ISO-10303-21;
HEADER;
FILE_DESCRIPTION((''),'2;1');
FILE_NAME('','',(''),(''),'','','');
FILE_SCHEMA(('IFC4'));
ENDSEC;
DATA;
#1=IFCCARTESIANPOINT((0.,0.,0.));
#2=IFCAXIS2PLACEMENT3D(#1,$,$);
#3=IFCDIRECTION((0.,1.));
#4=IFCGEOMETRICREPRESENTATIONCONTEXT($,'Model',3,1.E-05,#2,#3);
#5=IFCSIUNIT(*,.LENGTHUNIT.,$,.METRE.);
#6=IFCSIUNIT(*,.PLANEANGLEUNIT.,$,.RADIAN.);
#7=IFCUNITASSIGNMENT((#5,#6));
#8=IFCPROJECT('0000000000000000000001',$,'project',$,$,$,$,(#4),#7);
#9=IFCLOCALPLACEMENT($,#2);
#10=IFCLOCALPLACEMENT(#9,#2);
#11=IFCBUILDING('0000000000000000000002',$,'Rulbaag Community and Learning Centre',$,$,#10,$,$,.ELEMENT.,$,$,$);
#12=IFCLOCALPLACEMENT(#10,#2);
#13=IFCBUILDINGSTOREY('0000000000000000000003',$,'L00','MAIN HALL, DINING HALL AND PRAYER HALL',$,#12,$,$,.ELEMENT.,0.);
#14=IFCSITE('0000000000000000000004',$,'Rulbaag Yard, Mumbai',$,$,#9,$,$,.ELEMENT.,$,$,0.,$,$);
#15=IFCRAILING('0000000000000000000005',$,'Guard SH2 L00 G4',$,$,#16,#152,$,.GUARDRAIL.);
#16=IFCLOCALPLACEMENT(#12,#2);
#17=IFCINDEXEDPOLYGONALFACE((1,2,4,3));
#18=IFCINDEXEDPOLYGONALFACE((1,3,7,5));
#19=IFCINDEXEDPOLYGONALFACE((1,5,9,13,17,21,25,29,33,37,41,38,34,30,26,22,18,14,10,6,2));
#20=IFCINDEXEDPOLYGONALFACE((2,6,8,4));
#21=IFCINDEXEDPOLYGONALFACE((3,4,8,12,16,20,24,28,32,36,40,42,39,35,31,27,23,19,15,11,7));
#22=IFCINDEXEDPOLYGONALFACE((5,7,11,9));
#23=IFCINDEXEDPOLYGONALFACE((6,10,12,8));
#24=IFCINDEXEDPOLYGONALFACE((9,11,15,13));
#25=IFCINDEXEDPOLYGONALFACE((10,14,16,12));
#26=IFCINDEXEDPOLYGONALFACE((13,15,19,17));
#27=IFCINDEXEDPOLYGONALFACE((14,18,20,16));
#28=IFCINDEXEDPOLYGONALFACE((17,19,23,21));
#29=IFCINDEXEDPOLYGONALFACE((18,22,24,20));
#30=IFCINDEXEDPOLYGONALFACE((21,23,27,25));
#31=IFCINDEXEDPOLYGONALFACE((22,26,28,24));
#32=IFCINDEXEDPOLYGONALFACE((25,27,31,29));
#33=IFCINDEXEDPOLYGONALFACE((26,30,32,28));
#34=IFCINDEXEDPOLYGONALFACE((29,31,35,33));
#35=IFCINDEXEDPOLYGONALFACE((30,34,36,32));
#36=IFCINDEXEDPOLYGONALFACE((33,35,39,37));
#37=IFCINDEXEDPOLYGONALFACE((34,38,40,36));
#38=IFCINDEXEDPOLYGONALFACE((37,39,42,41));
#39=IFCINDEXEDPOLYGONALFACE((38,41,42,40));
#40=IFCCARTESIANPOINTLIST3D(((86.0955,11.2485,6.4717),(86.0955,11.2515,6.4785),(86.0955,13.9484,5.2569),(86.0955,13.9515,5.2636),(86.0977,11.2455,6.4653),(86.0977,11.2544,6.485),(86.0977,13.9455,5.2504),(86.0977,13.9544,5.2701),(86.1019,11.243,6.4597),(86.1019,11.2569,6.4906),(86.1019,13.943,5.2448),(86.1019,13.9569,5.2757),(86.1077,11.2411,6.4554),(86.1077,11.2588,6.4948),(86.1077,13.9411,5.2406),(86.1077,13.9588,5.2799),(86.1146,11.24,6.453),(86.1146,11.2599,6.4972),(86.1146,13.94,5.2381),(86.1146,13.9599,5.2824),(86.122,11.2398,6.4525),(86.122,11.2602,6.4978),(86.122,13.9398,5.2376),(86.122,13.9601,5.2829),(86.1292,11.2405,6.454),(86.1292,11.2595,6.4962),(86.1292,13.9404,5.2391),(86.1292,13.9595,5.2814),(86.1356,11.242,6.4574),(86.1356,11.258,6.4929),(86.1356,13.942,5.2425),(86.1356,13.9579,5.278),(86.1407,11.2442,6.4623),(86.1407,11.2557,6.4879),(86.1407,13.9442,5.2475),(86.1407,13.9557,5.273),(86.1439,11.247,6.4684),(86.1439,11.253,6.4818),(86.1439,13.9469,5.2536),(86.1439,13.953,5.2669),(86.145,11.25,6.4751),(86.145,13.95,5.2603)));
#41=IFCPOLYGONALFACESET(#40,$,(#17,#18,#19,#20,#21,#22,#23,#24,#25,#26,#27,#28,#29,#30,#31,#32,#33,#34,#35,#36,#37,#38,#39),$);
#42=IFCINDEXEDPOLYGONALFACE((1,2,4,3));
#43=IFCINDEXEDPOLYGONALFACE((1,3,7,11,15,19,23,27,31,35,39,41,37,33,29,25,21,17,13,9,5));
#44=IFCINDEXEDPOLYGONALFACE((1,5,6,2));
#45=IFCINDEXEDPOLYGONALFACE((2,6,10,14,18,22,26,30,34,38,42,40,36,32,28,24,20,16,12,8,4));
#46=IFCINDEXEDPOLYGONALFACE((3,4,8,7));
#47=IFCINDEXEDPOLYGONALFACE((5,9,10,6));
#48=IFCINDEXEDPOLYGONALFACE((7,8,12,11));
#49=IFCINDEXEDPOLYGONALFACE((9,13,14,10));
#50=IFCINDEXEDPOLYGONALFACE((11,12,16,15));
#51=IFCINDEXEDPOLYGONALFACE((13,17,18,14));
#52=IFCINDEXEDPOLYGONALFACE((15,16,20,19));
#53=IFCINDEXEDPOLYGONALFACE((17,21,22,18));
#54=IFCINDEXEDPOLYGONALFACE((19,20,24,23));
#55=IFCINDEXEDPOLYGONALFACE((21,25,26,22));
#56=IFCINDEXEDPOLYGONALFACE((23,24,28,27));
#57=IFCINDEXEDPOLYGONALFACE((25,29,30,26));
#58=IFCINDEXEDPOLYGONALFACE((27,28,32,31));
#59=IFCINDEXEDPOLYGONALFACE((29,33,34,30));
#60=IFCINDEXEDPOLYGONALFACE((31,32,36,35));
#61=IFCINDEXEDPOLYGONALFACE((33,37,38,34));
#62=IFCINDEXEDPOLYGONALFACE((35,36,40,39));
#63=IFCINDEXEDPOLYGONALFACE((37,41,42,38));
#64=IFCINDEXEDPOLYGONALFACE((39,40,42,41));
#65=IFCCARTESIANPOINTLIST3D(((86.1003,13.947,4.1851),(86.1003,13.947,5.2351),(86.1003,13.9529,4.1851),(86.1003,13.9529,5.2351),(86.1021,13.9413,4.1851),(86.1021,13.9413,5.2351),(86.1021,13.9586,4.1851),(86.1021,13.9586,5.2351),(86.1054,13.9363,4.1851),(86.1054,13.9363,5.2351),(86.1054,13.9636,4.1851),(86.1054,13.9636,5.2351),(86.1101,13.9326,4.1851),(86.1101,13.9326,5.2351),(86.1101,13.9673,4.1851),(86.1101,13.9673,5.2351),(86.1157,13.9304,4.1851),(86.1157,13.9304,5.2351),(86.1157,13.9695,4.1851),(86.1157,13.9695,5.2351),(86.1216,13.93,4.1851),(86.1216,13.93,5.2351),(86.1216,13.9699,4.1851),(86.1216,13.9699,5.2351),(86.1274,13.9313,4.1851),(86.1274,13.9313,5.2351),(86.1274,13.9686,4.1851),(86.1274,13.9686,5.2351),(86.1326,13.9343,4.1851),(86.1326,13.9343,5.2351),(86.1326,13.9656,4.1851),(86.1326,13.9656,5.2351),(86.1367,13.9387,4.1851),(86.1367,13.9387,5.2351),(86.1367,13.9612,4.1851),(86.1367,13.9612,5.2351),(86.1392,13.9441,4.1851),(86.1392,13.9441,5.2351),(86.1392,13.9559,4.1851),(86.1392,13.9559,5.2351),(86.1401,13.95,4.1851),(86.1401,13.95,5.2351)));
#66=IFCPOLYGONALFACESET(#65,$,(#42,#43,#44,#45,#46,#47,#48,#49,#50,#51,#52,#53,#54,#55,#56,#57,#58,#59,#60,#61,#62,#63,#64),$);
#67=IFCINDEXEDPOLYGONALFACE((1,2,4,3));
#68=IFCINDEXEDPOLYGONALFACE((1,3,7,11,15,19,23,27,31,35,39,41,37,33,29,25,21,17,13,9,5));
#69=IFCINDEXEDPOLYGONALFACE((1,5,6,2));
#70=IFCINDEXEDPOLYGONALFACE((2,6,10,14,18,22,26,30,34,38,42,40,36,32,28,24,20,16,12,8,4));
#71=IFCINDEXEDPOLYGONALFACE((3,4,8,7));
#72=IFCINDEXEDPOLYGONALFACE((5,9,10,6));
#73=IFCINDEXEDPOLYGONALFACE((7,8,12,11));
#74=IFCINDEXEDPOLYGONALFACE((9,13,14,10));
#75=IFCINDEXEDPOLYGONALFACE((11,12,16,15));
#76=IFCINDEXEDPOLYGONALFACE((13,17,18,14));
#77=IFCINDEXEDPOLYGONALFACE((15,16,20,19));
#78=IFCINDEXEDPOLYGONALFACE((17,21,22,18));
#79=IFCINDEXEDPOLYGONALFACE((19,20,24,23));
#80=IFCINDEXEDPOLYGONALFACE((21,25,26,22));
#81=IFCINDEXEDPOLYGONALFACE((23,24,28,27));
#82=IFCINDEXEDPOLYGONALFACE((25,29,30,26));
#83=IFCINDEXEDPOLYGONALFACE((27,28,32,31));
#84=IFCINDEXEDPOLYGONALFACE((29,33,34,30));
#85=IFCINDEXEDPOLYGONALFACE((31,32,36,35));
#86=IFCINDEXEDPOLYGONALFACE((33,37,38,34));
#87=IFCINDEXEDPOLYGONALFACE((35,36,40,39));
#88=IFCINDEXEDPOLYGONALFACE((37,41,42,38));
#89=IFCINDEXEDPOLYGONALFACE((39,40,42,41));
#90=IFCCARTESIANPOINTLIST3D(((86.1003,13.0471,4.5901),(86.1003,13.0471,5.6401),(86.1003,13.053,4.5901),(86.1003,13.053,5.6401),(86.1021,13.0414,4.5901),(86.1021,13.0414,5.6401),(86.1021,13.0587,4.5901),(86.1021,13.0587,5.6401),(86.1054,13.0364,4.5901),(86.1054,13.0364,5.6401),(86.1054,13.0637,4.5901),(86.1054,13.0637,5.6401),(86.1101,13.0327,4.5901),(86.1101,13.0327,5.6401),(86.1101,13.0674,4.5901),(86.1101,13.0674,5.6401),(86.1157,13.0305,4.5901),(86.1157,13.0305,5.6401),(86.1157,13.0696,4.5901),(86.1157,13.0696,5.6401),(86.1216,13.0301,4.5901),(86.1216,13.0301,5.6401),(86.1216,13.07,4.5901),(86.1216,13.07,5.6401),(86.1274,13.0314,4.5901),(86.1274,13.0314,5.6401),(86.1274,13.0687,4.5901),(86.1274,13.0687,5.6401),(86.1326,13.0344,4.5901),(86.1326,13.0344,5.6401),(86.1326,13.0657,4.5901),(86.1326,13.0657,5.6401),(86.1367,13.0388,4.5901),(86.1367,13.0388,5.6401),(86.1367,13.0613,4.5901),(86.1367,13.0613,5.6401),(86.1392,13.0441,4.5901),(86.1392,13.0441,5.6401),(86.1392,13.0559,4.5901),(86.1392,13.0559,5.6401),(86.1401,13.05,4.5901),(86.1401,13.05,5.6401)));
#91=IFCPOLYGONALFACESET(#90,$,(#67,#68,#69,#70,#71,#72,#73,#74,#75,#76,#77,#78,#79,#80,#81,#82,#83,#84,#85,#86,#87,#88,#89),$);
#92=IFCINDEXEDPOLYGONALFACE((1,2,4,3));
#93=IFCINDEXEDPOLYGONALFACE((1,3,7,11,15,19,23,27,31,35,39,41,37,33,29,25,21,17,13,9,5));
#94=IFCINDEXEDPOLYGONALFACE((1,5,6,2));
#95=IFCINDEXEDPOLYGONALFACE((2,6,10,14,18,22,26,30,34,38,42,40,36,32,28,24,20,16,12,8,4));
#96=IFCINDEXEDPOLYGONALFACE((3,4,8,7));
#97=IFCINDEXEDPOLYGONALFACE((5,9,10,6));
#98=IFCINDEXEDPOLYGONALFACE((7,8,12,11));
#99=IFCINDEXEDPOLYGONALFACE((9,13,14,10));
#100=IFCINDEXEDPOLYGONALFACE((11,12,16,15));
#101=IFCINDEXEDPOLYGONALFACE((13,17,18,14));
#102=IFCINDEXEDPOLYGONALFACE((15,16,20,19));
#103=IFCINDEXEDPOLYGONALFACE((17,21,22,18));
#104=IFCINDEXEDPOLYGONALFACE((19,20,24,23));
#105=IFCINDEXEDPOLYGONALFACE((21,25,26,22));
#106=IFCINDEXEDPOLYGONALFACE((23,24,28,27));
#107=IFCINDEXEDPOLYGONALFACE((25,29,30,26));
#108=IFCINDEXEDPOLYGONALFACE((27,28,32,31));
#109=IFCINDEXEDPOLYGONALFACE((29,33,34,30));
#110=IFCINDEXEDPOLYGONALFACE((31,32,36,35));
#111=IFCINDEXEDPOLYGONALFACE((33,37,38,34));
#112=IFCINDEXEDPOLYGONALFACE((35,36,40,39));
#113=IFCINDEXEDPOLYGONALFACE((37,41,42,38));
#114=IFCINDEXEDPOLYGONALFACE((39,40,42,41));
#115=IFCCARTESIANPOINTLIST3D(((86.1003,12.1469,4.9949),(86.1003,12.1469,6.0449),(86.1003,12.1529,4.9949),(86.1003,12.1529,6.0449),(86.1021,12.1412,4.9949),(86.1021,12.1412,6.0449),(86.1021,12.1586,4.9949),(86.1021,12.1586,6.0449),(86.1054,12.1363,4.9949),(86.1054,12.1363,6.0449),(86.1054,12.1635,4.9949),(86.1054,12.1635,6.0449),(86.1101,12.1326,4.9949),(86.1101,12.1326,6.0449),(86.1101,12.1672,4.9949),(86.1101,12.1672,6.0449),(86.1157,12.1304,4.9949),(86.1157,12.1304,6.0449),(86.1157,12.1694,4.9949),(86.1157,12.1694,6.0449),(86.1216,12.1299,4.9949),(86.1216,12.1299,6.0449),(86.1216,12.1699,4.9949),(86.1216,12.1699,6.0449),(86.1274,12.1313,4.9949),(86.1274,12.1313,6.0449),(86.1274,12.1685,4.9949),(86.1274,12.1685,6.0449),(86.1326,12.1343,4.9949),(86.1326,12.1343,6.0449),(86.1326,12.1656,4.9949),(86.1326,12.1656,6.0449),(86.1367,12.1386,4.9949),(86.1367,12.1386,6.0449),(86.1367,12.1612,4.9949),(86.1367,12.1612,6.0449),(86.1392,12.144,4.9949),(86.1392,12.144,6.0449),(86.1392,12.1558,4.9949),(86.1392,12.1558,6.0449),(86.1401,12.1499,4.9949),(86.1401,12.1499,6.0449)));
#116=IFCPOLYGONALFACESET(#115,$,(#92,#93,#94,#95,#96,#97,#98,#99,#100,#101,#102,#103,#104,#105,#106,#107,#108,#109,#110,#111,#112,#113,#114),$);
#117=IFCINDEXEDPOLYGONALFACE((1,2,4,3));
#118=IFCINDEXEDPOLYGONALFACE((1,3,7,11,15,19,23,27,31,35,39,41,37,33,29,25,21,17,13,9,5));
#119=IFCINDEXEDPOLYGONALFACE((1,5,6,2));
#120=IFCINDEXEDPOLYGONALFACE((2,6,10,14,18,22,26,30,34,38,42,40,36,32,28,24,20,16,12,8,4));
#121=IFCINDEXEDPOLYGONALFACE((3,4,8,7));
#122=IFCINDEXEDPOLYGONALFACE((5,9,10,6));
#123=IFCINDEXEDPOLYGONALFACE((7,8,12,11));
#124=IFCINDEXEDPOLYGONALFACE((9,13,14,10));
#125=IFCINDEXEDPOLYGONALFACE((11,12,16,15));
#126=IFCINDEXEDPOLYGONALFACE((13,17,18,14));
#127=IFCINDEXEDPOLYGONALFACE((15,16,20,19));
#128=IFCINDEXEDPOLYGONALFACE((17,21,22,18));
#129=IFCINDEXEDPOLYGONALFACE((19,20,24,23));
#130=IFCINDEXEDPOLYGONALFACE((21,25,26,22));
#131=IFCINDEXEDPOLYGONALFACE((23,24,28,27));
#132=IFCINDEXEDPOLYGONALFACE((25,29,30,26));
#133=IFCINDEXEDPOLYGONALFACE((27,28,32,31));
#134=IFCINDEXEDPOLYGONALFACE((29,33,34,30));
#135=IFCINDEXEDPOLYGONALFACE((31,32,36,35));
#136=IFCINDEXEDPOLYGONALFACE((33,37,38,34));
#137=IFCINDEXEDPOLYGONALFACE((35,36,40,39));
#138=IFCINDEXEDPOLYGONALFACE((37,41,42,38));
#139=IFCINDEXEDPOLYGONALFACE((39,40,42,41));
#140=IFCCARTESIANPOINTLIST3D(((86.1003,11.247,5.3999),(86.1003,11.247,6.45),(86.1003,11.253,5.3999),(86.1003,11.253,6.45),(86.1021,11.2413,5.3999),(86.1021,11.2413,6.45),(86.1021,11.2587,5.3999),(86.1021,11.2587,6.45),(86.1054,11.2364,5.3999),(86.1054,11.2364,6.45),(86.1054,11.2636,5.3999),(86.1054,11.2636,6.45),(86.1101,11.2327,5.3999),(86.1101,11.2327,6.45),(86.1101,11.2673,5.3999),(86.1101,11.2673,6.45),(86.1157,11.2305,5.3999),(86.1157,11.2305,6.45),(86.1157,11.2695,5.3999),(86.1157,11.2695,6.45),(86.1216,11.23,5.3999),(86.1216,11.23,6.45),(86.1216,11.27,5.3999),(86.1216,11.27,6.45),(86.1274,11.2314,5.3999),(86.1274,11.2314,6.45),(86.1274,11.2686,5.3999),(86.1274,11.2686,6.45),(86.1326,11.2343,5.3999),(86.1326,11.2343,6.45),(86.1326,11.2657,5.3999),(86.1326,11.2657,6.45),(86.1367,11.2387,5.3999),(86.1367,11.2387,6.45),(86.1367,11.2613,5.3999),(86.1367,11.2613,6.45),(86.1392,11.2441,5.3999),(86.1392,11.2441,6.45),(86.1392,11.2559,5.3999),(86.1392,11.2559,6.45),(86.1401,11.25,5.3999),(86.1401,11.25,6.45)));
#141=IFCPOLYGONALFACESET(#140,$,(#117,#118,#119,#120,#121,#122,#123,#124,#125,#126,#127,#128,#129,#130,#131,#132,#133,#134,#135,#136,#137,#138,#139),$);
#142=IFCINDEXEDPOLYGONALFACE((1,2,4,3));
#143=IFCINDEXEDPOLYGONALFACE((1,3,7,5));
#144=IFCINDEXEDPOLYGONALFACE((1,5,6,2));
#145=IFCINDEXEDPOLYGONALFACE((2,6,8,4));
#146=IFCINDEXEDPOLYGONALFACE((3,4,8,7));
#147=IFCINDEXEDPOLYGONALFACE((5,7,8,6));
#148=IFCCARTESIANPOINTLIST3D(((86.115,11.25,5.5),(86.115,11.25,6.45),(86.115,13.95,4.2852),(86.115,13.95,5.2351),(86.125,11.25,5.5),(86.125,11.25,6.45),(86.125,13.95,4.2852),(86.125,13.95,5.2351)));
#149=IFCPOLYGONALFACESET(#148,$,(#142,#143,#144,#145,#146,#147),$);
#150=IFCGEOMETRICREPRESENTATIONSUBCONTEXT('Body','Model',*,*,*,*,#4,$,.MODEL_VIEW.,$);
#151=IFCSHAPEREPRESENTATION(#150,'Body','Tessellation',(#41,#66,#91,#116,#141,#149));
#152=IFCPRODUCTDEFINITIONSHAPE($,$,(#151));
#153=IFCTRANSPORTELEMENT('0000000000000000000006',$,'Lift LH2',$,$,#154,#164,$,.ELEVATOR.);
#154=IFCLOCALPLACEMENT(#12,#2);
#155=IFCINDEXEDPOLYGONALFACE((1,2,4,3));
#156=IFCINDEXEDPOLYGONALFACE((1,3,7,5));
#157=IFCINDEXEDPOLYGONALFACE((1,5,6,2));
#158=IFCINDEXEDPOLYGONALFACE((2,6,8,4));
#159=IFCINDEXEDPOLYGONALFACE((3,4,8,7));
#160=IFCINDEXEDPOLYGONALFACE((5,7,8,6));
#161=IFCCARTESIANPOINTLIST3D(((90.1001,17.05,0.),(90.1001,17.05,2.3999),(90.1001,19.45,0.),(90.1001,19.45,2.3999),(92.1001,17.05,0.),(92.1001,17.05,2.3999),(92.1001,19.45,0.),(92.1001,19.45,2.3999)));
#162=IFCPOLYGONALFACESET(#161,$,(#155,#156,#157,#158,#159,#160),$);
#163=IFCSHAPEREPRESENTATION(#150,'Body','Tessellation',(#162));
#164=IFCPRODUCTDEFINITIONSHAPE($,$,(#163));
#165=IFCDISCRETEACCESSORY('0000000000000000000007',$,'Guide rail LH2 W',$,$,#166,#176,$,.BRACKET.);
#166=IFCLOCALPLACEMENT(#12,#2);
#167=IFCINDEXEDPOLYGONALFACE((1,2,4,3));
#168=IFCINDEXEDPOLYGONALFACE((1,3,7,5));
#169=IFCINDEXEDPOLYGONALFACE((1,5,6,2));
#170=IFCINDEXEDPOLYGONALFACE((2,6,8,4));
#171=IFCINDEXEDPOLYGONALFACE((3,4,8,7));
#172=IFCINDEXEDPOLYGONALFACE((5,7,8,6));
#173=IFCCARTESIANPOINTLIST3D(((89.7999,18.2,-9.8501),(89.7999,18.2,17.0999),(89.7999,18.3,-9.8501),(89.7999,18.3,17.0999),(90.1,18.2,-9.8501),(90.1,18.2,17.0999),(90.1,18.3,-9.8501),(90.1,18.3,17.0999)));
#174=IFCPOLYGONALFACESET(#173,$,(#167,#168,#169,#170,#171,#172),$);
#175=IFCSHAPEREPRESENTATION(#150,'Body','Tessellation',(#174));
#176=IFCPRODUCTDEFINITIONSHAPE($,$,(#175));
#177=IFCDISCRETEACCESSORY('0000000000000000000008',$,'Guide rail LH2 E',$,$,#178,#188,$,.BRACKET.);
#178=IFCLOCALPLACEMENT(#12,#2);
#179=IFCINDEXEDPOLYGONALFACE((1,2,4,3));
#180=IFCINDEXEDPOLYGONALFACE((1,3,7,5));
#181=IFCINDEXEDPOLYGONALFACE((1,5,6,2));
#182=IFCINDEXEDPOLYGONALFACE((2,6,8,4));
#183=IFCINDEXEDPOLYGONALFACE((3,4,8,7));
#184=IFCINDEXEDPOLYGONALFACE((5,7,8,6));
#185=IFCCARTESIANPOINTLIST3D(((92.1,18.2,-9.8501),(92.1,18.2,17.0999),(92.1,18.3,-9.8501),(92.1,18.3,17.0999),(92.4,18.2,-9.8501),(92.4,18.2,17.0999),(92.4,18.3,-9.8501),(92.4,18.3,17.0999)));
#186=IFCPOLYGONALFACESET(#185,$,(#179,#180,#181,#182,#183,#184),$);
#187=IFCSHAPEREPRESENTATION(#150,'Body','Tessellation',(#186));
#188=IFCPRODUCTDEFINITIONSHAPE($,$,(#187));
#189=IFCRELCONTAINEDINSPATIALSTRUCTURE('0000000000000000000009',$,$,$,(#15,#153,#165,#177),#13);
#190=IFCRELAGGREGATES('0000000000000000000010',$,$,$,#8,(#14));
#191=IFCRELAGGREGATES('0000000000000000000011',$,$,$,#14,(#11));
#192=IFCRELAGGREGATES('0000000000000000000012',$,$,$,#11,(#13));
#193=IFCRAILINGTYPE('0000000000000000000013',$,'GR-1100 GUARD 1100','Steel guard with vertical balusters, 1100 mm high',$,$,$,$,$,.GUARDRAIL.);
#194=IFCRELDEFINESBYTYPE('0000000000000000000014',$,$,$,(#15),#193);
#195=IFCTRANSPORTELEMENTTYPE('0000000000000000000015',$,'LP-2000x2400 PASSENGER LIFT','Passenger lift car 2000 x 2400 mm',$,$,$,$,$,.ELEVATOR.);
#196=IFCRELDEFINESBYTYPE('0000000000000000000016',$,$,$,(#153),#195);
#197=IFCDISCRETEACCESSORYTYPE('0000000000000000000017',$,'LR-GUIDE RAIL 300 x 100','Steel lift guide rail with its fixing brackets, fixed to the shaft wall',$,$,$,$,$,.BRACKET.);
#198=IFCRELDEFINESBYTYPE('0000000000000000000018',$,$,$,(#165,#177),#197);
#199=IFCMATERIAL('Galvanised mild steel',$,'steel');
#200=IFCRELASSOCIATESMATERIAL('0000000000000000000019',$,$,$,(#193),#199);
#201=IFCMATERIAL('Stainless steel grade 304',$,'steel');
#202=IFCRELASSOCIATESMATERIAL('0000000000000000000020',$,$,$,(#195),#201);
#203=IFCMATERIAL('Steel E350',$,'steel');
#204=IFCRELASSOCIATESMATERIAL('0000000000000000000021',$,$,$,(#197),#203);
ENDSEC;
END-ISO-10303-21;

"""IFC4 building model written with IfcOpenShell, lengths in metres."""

from ifc_helpers import new_model, si_unit, direction, frame, origin, origin_2d, place, context, subcontext, project, spatial, polyline, rectangle, circle, outline, extrude, material, type_object, element, save


model = new_model("IFC4")

# Units and contexts
model_context = context("Model", 3, precision=1e-05, world=origin(), true_north=direction((0.0, 1.0)))
body_context = subcontext(model_context, "Body", "Model", "MODEL_VIEW")
ifc_project = project(units=[si_unit("LENGTHUNIT", "METRE"), si_unit("PLANEANGLEUNIT", "RADIAN")], contexts=[model_context])

# Site, building, storey
site_placement = place(None, origin())
site = spatial("IfcSite", under=ifc_project, at=site_placement, Name="Rulbaag Yard, Mumbai", CompositionType="ELEMENT", RefElevation=0.0)
building_placement = place(site_placement, origin())
building = spatial("IfcBuilding", under=site, at=building_placement, Name="Rulbaag Community and Learning Centre", CompositionType="ELEMENT")
storey_placement = place(building_placement, origin())
storey = spatial("IfcBuildingStorey", under=building, at=storey_placement, Name="L00", Description="MAIN HALL, DINING HALL AND PRAYER HALL", CompositionType="ELEMENT", Elevation=0.0)

# Shared definitions
ifc_material_1 = material(Name="Stainless steel grade 304", Category="steel")

# Railing
ifc_material_2 = material(Name="Galvanised mild steel", Category="steel")
railing_type_1 = type_object("IfcRailingType", Name="GR-1100 GUARD 1100", Description="Steel guard with vertical balusters, 1100 mm high", PredefinedType="GUARDRAIL", material=ifc_material_2)
railing_1_placement = place(storey_placement, frame((86.1201, 13.95, 4.1851)))
element("IfcRailing", 1, at=railing_1_placement, inside=storey, type_object=railing_type_1, Name="Guard SH2 L00 G4", PredefinedType="GUARDRAIL", context=body_context, shape_type="SweptSolid", body=[
    extrude(circle(Radius=0.0249, at=origin_2d()), frame((0.0, 0.0, 1.0752), z_axis=(0.0, -0.911938, 0.410327), x_axis=(1.0, 0.0, 0.0)), (0.0, 0.0, 1.0), 2.9607),
    extrude(circle(Radius=0.02, at=origin_2d()), origin(), (0.0, 0.0, 1.0), 1.05),
    extrude(circle(Radius=0.02, at=origin_2d()), frame((0.0, -0.8999, 0.405)), (0.0, 0.0, 1.0), 1.05),
    extrude(circle(Radius=0.02, at=origin_2d()), frame((0.0, -1.8, 0.8098)), (0.0, 0.0, 1.0), 1.05),
    extrude(circle(Radius=0.02, at=origin_2d()), frame((0.0, -2.7, 1.2148)), (0.0, 0.0, 1.0), 1.05),
    extrude(outline(polyline([(0.0, 0.0), (2.7, 1.2148), (2.7, 2.1648), (0.0, 0.95), (0.0, 0.0)])), frame((0.0049, 0.0, 0.1001), z_axis=(-1.0, 0.0, 0.0), x_axis=(0.0, -1.0, 0.0)), (0.0, 0.0, 1.0), 0.01),
])

# Transport element
transport_element_type = type_object("IfcTransportElementType", Name="LP-2000x2400 PASSENGER LIFT", Description="Passenger lift car 2000 x 2400 mm", PredefinedType="ELEVATOR", material=ifc_material_1)
transport_element_placement = place(storey_placement, frame((91.1001, 18.25, 0.0), z_axis=(0.0, 0.0, 1.0), x_axis=(1.0, 0.0, 0.0)))
element("IfcTransportElement", 2, at=transport_element_placement, inside=storey, type_object=transport_element_type, Name="Lift LH2", PredefinedType="ELEVATOR", context=body_context, shape_type="SweptSolid", body=[
    extrude(rectangle(XDim=2.0, YDim=2.3999, at=origin_2d()), origin(), (0.0, 0.0, 1.0), 2.3999),
])

# Discrete accessories
ifc_material_3 = material(Name="Steel E350", Category="steel")
discrete_accessory_type = type_object("IfcDiscreteAccessoryType", Name="LR-GUIDE RAIL 300 x 100", Description="Steel lift guide rail with its fixing brackets, fixed to the shaft wall", PredefinedType="BRACKET", material=ifc_material_3)
for number, where, z_axis, x_axis, name in (
    (3, (89.95, 18.25, -9.8501), (0.0, 0.0, 1.0), (1.0, 0.0, 0.0), "Guide rail LH2 W"),
    (4, (92.25, 18.25, -9.8501), (0.0, 0.0, 1.0), (1.0, 0.0, 0.0), "Guide rail LH2 E"),
):
    element("IfcDiscreteAccessory", number, at=place(storey_placement, frame(where, z_axis=z_axis, x_axis=x_axis)), inside=storey, type_object=discrete_accessory_type, Name=name, PredefinedType="BRACKET", context=body_context, shape_type="SweptSolid", body=[
        extrude(rectangle(XDim=0.3, YDim=0.1001, at=origin_2d()), origin(), (0.0, 0.0, 1.0), 26.95),
    ])

save(model, "model.ifc")
